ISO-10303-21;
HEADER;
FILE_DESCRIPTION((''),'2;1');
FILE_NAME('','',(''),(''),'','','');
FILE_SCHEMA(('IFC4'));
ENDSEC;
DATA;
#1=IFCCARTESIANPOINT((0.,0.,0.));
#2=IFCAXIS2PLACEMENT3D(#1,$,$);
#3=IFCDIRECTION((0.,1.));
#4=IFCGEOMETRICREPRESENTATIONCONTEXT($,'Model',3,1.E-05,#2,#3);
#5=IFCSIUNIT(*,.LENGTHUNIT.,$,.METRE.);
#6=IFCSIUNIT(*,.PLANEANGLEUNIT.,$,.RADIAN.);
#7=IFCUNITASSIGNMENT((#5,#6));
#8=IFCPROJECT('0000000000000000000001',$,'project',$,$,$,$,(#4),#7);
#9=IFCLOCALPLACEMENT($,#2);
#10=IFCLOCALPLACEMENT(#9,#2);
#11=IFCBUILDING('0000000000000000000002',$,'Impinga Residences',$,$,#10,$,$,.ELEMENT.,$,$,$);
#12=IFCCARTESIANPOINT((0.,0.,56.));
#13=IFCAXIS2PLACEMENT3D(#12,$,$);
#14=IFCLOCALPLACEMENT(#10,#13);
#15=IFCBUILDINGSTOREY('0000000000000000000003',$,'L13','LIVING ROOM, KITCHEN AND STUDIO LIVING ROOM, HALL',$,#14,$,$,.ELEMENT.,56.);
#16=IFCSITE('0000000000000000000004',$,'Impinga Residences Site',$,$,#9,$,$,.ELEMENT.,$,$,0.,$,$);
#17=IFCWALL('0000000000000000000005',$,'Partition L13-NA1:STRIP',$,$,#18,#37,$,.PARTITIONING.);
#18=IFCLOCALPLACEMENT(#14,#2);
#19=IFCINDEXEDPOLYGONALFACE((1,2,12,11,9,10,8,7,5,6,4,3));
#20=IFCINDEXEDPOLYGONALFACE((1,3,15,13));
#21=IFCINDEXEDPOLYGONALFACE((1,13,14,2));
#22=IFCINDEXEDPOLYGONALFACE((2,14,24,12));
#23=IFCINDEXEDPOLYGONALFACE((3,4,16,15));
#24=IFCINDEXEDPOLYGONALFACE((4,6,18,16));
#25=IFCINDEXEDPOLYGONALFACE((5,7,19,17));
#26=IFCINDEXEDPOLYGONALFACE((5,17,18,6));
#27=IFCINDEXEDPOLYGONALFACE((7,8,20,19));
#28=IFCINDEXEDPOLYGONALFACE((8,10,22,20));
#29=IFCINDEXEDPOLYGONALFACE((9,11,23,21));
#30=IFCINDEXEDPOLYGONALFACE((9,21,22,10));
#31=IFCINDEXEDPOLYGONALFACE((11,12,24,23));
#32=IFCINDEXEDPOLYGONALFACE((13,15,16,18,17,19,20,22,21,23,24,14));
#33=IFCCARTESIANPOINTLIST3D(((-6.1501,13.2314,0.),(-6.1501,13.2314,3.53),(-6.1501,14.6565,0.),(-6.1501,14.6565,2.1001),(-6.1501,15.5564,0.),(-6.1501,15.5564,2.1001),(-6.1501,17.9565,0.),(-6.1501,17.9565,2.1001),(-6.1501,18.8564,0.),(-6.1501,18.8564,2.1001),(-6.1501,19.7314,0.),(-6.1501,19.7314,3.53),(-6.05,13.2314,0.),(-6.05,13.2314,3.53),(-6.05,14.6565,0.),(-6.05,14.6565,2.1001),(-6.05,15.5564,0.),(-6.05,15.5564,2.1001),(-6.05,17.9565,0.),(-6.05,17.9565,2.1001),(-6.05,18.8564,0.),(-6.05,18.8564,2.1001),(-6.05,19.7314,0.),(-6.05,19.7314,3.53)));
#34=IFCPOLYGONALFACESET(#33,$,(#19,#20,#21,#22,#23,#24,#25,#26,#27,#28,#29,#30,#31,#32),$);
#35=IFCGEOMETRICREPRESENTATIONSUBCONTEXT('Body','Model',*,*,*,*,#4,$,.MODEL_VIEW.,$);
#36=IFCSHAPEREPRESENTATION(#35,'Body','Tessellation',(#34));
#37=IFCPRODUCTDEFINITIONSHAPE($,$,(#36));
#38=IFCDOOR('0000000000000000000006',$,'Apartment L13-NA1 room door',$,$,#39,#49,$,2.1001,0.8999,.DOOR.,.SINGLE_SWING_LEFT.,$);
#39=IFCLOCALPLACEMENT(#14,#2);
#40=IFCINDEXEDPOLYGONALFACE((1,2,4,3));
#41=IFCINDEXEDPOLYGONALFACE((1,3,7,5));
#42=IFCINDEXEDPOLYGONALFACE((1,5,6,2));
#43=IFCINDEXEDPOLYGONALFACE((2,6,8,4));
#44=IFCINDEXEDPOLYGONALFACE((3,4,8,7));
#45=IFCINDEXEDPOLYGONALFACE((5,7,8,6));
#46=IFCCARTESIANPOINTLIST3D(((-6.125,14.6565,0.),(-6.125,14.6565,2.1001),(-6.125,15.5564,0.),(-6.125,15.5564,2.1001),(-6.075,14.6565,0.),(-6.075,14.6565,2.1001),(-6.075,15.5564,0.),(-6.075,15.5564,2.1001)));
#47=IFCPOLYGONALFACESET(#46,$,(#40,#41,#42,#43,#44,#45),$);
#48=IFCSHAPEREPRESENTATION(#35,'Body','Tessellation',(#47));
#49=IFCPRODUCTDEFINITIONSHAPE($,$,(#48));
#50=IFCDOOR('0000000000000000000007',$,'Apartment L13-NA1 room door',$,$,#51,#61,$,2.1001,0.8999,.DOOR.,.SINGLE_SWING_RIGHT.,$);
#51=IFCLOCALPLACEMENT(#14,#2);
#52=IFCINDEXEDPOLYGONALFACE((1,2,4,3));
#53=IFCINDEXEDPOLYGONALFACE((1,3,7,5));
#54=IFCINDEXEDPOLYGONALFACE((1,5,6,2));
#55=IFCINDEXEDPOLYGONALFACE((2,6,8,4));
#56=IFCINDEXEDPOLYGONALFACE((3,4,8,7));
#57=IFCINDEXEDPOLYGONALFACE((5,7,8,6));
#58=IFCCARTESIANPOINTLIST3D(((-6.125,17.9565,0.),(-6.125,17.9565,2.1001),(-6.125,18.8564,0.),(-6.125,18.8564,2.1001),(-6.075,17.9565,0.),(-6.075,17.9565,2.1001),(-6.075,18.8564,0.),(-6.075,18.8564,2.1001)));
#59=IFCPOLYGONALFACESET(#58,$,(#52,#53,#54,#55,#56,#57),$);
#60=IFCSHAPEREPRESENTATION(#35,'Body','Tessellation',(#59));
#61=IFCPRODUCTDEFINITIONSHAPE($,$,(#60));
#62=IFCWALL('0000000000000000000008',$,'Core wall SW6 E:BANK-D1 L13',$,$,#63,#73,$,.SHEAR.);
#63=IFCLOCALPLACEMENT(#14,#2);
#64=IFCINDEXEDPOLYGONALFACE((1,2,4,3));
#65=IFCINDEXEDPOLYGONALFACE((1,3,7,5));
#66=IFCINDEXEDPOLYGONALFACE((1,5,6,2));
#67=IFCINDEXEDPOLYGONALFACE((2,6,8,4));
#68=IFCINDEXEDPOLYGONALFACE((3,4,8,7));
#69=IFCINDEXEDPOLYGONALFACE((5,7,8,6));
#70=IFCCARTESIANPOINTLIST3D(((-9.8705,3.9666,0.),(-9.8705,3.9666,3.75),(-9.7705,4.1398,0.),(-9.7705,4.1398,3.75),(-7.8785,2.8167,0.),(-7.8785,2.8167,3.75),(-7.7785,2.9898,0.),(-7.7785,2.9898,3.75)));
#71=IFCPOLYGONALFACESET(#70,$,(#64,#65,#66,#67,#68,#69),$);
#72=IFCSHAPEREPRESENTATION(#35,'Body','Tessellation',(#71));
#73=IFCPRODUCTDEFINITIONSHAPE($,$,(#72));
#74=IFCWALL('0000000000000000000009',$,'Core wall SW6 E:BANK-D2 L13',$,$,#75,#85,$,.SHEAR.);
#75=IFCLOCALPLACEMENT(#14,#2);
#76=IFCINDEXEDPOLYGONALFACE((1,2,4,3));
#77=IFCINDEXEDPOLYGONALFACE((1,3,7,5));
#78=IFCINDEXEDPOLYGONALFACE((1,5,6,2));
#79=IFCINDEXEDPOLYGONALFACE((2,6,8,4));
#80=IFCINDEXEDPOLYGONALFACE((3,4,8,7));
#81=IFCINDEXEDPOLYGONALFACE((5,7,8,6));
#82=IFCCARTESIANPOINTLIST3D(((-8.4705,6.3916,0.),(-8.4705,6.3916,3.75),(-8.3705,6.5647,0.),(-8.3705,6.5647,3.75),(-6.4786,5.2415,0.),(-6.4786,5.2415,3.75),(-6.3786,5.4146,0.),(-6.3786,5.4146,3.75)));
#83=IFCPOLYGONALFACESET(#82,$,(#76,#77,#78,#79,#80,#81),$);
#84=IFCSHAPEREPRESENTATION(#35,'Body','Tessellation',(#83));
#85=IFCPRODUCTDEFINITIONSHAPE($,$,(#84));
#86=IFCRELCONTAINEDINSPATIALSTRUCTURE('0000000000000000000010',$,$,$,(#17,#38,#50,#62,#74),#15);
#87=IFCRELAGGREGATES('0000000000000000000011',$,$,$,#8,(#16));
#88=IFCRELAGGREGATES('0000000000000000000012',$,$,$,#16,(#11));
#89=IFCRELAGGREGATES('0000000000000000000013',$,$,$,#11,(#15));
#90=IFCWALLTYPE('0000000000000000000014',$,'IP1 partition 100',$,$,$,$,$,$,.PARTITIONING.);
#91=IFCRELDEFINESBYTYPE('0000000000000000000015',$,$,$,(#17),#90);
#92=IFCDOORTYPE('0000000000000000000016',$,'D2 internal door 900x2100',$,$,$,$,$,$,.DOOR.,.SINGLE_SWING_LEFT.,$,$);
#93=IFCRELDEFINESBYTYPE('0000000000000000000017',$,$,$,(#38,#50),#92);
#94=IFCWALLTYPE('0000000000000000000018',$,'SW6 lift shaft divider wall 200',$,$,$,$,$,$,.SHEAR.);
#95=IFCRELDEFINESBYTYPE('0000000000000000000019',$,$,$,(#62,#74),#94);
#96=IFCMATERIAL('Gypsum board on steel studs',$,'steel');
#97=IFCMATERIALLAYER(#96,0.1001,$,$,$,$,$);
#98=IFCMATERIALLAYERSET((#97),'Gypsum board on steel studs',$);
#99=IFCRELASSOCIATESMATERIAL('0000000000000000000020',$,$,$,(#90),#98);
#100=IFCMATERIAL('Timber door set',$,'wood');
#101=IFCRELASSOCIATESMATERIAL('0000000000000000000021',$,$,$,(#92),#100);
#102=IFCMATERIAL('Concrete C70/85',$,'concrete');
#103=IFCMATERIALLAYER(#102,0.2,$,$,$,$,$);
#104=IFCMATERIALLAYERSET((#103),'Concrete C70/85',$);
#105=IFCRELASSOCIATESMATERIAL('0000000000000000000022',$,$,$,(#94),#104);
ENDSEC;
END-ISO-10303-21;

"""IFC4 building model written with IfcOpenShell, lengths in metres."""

from ifc_helpers import new_model, si_unit, direction, frame, frame_2d, origin, place, context, subcontext, project, spatial, rectangle, extrude, material, layer, layer_set, type_object, element, fill, save


model = new_model("IFC4")

# Units and contexts
model_context = context("Model", 3, precision=1e-05, world=origin(), true_north=direction((0.0, 1.0)))
body_context = subcontext(model_context, "Body", "Model", "MODEL_VIEW")
ifc_project = project(units=[si_unit("LENGTHUNIT", "METRE"), si_unit("PLANEANGLEUNIT", "RADIAN")], contexts=[model_context])

# Site, building, storey
site_placement = place(None, origin())
site = spatial("IfcSite", under=ifc_project, at=site_placement, Name="Impinga Residences Site", CompositionType="ELEMENT", RefElevation=0.0)
building_placement = place(site_placement, origin())
building = spatial("IfcBuilding", under=site, at=building_placement, Name="Impinga Residences", CompositionType="ELEMENT")
storey_placement = place(building_placement, frame((0.0, 0.0, 56.0)))
storey = spatial("IfcBuildingStorey", under=building, at=storey_placement, Name="L13", Description="LIVING ROOM, KITCHEN AND STUDIO LIVING ROOM, HALL", CompositionType="ELEMENT", Elevation=56.0)

# Shared definitions
ifc_material_1 = material(Name="Concrete C70/85", Category="concrete")

# Wall, openings, doors
ifc_material_2 = material(Name="Gypsum board on steel studs", Category="steel")
ifc_layer_1 = layer(ifc_material_2, 0.1001)
ifc_layer_set_1 = layer_set([ifc_layer_1], Name="Gypsum board on steel studs")
wall_type_1 = type_object("IfcWallType", Name="IP1 partition 100", PredefinedType="PARTITIONING", material=ifc_layer_set_1)
wall_1_placement = place(storey_placement, frame((-6.1001, 13.2314, 0.0), z_axis=(0.0, 0.0, 1.0), x_axis=(0.0, 1.0, 0.0)))
wall_1 = element("IfcWall", 1, at=wall_1_placement, inside=storey, type_object=wall_type_1, Name="Partition L13-NA1:STRIP", PredefinedType="PARTITIONING", context=body_context, shape_type="SweptSolid", body=[
    extrude(rectangle(XDim=6.5, YDim=0.1001, at=frame_2d((3.25, 0.0))), origin(), (0.0, 0.0, 1.0), 3.53),
])
opening_1_placement = place(wall_1_placement, frame((1.425, 0.0, 0.0)))
opening_1 = element("IfcOpeningElement", 2, at=opening_1_placement, cuts=wall_1, PredefinedType="OPENING", context=body_context, shape_type="SweptSolid", body=[
    extrude(rectangle(XDim=0.8999, YDim=2.1001, at=frame_2d((0.45, 1.05))), frame((0.0, 0.0601, 0.0), z_axis=(0.0, -1.0, 0.0), x_axis=(1.0, 0.0, 0.0)), (0.0, 0.0, 1.0), 0.1201),
])
opening_2_placement = place(wall_1_placement, frame((4.7251, 0.0, 0.0)))
opening_2 = element("IfcOpeningElement", 3, at=opening_2_placement, cuts=wall_1, PredefinedType="OPENING", context=body_context, shape_type="SweptSolid", body=[
    extrude(rectangle(XDim=0.8999, YDim=2.1001, at=frame_2d((0.45, 1.05))), frame((0.0, 0.0601, 0.0), z_axis=(0.0, -1.0, 0.0), x_axis=(1.0, 0.0, 0.0)), (0.0, 0.0, 1.0), 0.1201),
])
ifc_material_3 = material(Name="Timber door set", Category="wood")
door_type = type_object("IfcDoorType", Name="D2 internal door 900x2100", OperationType="SINGLE_SWING_LEFT", PredefinedType="DOOR", material=ifc_material_3)
door_1_placement = place(opening_1_placement, origin())
door_1 = element("IfcDoor", 4, at=door_1_placement, inside=storey, type_object=door_type, Name="Apartment L13-NA1 room door", OperationType="SINGLE_SWING_LEFT", OverallHeight=2.1001, OverallWidth=0.8999, PredefinedType="DOOR", context=body_context, shape_type="SweptSolid", body=[
    extrude(rectangle(XDim=0.8999, YDim=2.1001, at=frame_2d((0.45, 1.05))), frame((0.0, 0.0249, 0.0), z_axis=(0.0, -1.0, 0.0), x_axis=(1.0, 0.0, 0.0)), (0.0, 0.0, 1.0), 0.05),
])
fill(opening_1, door_1)
door_2_placement = place(opening_2_placement, origin())
door_2 = element("IfcDoor", 5, at=door_2_placement, inside=storey, type_object=door_type, Name="Apartment L13-NA1 room door", OperationType="SINGLE_SWING_RIGHT", OverallHeight=2.1001, OverallWidth=0.8999, PredefinedType="DOOR", context=body_context, shape_type="SweptSolid", body=[
    extrude(rectangle(XDim=0.8999, YDim=2.1001, at=frame_2d((0.45, 1.05))), frame((0.0, 0.0249, 0.0), z_axis=(0.0, -1.0, 0.0), x_axis=(1.0, 0.0, 0.0)), (0.0, 0.0, 1.0), 0.05),
])
fill(opening_2, door_2)

# Walls
ifc_layer_2 = layer(ifc_material_1, 0.2)
ifc_layer_set_2 = layer_set([ifc_layer_2], Name="Concrete C70/85")
wall_type_2 = type_object("IfcWallType", Name="SW6 lift shaft divider wall 200", PredefinedType="SHEAR", material=ifc_layer_set_2)
for number, where, z_axis, x_axis, name in (
    (6, (-7.8286, 2.9033, 0.0), (0.0, 0.0, 1.0), (-0.866053, 0.499952, 0.0), "Core wall SW6 E:BANK-D1 L13"),
    (7, (-6.4287, 5.3281, 0.0), (0.0, 0.0, 1.0), (-0.866007, 0.500032, 0.0), "Core wall SW6 E:BANK-D2 L13"),
):
    element("IfcWall", number, at=place(storey_placement, frame(where, z_axis=z_axis, x_axis=x_axis)), inside=storey, type_object=wall_type_2, Name=name, PredefinedType="SHEAR", context=body_context, shape_type="SweptSolid", body=[
        extrude(rectangle(XDim=2.3, YDim=0.2, at=frame_2d((1.1499, 0.0))), origin(), (0.0, 0.0, 1.0), 3.75),
    ])

save(model, "model.ifc")
